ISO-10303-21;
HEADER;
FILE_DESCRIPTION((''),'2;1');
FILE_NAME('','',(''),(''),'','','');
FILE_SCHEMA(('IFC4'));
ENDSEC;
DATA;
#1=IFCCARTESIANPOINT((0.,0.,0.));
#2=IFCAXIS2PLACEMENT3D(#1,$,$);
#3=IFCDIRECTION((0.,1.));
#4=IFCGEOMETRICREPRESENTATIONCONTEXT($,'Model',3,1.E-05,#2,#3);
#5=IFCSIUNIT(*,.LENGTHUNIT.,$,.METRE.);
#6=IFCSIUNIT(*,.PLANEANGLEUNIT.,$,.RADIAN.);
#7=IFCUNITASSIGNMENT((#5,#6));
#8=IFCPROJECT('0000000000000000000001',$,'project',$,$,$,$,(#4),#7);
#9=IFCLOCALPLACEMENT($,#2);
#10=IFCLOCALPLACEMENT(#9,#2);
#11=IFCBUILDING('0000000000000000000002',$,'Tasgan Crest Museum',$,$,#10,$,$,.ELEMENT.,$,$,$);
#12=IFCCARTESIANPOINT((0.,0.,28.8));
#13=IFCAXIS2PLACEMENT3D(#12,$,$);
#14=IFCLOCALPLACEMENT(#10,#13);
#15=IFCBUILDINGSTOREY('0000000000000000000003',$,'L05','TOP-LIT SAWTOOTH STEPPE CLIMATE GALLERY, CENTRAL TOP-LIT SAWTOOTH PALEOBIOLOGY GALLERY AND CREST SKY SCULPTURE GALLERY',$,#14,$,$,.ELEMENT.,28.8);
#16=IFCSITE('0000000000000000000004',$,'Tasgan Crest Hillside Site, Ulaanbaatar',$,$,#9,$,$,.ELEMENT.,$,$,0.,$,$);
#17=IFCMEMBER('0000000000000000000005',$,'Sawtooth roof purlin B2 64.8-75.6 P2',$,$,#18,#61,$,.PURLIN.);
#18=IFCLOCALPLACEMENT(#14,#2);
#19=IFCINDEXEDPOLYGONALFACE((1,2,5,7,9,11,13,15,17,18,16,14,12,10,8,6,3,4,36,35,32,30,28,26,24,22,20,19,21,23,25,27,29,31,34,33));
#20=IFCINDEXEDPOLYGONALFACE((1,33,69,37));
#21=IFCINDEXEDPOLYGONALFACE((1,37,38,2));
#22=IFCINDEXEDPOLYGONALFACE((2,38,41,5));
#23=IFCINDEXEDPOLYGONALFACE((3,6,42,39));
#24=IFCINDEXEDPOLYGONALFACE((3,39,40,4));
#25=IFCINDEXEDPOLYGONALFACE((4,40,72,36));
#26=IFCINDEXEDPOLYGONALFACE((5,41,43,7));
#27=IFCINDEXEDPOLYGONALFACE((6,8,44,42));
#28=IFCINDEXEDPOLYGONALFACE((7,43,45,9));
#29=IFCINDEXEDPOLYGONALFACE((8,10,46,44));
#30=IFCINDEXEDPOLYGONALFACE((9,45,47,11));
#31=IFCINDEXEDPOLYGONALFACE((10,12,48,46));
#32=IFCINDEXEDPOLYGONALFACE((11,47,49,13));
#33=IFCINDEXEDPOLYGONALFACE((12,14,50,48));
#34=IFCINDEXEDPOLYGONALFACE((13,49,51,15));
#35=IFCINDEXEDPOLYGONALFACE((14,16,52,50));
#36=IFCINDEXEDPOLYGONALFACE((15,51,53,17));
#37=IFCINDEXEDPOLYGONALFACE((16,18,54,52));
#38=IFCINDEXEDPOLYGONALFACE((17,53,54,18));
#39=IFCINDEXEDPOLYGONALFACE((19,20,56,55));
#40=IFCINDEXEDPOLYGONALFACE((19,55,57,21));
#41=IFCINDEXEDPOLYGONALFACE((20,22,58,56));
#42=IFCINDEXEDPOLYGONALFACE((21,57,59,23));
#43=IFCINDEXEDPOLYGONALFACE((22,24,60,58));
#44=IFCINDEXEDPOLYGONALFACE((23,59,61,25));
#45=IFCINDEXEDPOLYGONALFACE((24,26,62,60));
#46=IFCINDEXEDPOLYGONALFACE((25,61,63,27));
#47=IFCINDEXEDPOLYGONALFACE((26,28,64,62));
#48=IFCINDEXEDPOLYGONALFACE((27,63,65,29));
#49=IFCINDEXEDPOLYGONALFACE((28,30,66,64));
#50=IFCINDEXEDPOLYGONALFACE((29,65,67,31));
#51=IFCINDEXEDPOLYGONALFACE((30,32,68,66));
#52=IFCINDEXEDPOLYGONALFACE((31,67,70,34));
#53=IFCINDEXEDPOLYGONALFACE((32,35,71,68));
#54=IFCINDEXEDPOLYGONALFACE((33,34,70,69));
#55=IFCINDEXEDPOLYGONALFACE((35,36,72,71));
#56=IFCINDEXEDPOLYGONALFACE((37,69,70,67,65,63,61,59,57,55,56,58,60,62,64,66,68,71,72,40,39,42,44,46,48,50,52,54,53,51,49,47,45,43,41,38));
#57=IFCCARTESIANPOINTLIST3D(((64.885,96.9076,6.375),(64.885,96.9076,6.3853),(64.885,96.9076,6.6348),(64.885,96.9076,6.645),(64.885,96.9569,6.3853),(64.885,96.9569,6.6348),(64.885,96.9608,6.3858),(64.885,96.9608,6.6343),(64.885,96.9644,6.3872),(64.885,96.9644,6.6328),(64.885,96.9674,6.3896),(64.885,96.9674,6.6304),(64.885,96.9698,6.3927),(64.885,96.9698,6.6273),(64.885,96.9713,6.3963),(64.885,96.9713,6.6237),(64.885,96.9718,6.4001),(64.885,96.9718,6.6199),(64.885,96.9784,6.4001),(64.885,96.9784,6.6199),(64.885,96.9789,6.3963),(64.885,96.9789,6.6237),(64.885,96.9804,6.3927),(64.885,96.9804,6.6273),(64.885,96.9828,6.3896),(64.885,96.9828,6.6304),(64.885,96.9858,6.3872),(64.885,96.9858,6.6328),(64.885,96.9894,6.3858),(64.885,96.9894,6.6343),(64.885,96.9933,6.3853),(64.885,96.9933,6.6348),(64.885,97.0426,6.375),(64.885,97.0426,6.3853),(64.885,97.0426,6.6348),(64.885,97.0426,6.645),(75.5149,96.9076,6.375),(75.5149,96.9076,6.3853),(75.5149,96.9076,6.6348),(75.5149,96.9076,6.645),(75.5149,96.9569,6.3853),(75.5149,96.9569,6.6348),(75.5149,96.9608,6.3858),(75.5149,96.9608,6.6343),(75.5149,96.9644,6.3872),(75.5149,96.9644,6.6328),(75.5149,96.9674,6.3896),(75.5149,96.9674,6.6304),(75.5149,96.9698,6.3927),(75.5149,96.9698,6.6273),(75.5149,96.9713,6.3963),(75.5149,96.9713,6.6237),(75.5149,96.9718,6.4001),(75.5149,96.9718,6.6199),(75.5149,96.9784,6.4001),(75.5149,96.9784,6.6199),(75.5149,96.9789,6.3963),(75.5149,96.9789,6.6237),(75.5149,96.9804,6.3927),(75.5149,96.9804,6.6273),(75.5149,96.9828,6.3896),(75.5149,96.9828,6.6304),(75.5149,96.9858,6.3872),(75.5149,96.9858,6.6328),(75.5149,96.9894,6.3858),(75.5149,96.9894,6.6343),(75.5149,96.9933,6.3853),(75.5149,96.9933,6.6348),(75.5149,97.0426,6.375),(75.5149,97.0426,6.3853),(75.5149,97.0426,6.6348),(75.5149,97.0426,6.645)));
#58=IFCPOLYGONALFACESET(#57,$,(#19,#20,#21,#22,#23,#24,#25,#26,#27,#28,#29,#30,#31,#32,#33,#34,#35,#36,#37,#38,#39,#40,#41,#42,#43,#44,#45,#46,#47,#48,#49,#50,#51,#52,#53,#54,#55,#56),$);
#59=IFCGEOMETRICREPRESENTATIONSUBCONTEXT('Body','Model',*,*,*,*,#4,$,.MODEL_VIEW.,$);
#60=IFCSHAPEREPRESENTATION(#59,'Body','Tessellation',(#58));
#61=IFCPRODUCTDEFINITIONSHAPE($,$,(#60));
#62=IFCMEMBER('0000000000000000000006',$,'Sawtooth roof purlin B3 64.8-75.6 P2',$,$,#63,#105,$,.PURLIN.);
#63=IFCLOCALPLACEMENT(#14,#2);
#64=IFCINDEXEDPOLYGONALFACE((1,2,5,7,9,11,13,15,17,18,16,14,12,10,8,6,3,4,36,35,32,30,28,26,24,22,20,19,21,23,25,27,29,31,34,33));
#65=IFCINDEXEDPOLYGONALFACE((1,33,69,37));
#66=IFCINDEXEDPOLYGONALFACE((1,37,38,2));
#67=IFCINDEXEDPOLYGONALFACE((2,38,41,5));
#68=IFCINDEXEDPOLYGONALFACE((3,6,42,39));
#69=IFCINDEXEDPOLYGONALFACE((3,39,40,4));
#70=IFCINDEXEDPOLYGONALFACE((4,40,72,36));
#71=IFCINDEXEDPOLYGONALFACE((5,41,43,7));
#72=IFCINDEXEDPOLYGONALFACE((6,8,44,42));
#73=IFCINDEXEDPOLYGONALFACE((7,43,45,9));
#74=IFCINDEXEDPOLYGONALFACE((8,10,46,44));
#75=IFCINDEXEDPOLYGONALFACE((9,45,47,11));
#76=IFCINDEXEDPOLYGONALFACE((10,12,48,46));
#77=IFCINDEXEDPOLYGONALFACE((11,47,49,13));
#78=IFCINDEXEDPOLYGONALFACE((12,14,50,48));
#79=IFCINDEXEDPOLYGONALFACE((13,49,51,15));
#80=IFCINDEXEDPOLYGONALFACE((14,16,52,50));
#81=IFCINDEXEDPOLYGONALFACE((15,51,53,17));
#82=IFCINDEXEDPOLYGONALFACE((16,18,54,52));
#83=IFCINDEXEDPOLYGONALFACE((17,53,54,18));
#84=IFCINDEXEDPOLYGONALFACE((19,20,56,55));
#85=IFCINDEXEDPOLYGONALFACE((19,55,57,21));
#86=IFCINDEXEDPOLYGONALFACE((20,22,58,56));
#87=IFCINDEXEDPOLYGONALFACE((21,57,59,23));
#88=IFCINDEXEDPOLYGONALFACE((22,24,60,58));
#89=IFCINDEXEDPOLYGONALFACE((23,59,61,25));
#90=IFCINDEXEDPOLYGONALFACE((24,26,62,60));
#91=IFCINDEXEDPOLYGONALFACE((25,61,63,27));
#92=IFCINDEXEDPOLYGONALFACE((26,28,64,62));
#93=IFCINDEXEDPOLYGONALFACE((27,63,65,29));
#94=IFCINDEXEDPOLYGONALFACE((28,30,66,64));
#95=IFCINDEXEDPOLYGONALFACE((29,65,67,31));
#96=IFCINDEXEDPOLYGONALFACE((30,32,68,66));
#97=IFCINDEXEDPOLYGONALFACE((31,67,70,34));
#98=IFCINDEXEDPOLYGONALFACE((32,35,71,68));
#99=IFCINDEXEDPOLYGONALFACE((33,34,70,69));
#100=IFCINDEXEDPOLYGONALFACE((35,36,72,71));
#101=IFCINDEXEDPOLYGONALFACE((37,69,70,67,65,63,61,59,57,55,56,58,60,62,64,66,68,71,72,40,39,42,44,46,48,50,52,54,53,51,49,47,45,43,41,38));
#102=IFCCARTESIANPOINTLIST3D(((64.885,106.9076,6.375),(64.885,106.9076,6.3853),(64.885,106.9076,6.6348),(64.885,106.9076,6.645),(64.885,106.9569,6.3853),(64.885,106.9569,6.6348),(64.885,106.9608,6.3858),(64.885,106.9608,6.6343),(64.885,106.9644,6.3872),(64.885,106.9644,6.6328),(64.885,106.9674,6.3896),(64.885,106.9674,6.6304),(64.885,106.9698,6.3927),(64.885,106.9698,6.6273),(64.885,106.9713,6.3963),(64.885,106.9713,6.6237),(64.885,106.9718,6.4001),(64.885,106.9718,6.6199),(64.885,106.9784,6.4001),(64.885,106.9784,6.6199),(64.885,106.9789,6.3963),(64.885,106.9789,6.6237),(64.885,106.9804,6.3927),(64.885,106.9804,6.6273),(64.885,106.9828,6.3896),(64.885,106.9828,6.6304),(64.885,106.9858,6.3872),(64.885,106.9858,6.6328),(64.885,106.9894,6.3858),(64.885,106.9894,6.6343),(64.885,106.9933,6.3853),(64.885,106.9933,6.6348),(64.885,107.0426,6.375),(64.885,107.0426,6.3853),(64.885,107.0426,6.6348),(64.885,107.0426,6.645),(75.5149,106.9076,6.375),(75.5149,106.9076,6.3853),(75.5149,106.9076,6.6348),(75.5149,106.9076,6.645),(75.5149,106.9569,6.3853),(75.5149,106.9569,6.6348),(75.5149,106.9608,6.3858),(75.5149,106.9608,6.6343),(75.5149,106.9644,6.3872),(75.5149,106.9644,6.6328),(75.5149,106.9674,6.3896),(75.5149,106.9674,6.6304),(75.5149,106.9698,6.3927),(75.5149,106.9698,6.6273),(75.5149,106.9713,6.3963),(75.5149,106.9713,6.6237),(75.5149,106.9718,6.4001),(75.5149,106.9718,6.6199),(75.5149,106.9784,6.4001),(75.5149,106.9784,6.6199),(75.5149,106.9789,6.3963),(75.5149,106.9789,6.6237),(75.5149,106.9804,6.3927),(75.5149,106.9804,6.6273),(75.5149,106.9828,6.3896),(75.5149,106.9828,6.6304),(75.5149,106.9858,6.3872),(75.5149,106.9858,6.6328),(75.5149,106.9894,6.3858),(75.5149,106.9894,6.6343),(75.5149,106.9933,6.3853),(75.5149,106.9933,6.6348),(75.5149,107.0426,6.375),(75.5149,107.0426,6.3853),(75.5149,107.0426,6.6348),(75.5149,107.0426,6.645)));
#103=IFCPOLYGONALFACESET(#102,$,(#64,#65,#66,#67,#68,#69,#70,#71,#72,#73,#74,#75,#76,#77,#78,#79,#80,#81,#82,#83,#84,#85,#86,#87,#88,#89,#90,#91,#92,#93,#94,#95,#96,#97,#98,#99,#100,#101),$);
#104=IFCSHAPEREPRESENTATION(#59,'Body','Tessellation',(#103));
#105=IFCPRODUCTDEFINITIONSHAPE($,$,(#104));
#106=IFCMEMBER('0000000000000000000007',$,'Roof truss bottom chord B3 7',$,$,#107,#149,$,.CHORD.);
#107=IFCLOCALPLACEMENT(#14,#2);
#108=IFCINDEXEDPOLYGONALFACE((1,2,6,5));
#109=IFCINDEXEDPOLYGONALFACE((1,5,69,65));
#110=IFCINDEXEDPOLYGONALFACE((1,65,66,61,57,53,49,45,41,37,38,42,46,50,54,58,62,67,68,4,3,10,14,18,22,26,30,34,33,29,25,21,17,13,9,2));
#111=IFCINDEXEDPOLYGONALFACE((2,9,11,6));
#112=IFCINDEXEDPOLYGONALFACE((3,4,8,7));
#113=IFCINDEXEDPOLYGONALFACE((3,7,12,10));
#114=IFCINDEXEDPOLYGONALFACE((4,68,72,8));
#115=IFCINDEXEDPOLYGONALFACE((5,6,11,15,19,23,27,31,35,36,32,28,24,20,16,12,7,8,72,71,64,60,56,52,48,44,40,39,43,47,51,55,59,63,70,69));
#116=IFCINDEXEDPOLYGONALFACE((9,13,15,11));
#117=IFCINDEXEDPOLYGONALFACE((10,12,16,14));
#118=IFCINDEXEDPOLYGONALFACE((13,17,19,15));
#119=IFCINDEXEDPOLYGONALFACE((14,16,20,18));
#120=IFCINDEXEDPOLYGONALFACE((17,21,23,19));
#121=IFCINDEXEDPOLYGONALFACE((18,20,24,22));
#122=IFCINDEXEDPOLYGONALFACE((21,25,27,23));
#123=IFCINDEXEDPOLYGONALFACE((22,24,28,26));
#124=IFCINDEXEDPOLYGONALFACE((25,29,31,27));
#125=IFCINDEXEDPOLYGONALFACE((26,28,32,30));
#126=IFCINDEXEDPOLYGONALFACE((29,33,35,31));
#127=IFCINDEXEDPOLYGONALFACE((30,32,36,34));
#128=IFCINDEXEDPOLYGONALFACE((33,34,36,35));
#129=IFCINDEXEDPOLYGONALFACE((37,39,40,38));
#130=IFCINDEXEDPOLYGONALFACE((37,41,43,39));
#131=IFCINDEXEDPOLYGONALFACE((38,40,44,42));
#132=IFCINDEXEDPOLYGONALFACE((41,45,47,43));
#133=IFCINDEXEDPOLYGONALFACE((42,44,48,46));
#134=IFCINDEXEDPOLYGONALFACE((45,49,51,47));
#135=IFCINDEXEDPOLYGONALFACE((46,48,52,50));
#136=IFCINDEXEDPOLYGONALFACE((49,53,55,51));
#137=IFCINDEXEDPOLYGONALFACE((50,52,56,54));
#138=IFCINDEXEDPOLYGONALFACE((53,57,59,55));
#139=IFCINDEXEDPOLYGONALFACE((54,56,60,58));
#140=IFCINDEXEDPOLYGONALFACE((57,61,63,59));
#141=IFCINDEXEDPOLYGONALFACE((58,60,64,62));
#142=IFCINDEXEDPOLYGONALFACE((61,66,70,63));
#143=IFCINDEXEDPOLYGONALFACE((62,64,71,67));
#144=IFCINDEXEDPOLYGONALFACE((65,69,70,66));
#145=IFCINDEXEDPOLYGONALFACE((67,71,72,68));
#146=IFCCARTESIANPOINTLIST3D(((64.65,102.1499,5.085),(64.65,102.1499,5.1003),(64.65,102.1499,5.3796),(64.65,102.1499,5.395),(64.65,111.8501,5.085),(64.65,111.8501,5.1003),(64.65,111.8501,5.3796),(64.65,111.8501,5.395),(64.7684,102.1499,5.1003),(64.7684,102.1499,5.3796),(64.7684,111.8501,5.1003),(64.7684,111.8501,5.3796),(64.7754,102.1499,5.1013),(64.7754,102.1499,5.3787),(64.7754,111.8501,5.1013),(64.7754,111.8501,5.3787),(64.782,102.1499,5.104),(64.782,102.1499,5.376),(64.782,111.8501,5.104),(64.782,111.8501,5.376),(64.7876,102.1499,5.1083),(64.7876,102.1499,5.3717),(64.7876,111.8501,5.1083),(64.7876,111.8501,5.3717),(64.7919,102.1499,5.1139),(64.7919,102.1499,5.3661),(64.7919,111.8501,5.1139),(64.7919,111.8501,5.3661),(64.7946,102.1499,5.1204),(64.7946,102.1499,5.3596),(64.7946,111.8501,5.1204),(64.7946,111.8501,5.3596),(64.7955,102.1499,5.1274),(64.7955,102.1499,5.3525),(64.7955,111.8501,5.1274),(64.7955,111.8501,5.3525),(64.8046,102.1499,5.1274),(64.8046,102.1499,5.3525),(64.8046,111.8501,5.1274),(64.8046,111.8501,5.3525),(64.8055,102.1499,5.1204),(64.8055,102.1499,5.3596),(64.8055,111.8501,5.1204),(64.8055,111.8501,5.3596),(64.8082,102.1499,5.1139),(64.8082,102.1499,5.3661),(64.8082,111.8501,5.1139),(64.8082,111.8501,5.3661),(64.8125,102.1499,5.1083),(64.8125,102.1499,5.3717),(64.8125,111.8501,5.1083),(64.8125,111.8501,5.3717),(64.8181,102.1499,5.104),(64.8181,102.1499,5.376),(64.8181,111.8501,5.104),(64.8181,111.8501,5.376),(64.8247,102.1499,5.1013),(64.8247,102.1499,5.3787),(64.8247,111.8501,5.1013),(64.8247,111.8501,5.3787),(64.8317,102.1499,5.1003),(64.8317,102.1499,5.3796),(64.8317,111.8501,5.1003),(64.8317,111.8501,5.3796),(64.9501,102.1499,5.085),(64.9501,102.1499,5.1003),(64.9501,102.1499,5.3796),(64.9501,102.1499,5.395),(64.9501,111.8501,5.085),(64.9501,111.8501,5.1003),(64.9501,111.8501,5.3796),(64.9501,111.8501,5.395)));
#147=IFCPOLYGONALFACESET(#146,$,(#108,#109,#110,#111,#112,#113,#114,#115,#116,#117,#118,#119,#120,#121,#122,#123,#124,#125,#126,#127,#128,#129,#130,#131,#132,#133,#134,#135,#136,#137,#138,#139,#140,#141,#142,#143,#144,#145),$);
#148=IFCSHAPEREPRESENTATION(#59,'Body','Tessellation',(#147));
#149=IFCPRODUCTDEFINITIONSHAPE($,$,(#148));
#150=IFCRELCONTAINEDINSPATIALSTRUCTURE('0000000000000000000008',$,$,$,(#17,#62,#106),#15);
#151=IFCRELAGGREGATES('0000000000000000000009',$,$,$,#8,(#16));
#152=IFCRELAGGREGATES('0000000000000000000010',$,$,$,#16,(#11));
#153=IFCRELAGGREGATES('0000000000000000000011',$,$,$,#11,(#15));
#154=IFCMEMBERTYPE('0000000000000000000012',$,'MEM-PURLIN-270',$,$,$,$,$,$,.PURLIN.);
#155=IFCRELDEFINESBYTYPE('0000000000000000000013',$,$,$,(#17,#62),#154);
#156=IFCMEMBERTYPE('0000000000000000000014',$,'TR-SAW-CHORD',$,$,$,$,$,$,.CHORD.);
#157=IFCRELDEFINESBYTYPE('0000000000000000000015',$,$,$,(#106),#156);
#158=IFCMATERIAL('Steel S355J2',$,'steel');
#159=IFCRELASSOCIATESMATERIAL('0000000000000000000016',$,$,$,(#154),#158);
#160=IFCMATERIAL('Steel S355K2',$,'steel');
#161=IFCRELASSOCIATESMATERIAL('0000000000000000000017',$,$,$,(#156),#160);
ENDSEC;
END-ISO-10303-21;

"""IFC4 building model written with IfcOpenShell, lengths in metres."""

from ifc_helpers import new_model, si_unit, direction, frame, origin, origin_2d, place, context, subcontext, project, spatial, i_section, extrude, material, material_profile, profile_set, type_object, element, save


model = new_model("IFC4")

# Units and contexts
model_context = context("Model", 3, precision=1e-05, world=origin(), true_north=direction((0.0, 1.0)))
body_context = subcontext(model_context, "Body", "Model", "MODEL_VIEW")
ifc_project = project(units=[si_unit("LENGTHUNIT", "METRE"), si_unit("PLANEANGLEUNIT", "RADIAN")], contexts=[model_context])

# Site, building, storey
site_placement = place(None, origin())
site = spatial("IfcSite", under=ifc_project, at=site_placement, Name="Tasgan Crest Hillside Site, Ulaanbaatar", CompositionType="ELEMENT", RefElevation=0.0)
building_placement = place(site_placement, origin())
building = spatial("IfcBuilding", under=site, at=building_placement, Name="Tasgan Crest Museum", CompositionType="ELEMENT")
storey_placement = place(building_placement, frame((0.0, 0.0, 28.8)))
storey = spatial("IfcBuildingStorey", under=building, at=storey_placement, Name="L05", Description="TOP-LIT SAWTOOTH STEPPE CLIMATE GALLERY, CENTRAL TOP-LIT SAWTOOTH PALEOBIOLOGY GALLERY AND CREST SKY SCULPTURE GALLERY", CompositionType="ELEMENT", Elevation=28.8)

# Members
ifc_material_1 = material(Name="Steel S355J2", Category="steel")
ifc_material_profile_1 = material_profile(ifc_material_1, i_section(OverallWidth=0.135, OverallDepth=0.27, WebThickness=0.0066, FlangeThickness=0.0103, FilletRadius=0.0149, at=origin_2d()), Name="IPE 270")
ifc_profile_set_1 = profile_set([ifc_material_profile_1], Name="Steel S355J2")
member_type_1 = type_object("IfcMemberType", Name="MEM-PURLIN-270", PredefinedType="PURLIN", material=ifc_profile_set_1)
for number, where, z_axis, x_axis, name in (
    (1, (64.885, 96.9751, 6.51), (1.0, 0.0, 0.0), (0.0, 1.0, 0.0), "Sawtooth roof purlin B2 64.8-75.6 P2"),
    (2, (64.885, 106.9751, 6.51), (1.0, 0.0, 0.0), (0.0, 1.0, 0.0), "Sawtooth roof purlin B3 64.8-75.6 P2"),
):
    element("IfcMember", number, at=place(storey_placement, frame(where, z_axis=z_axis, x_axis=x_axis)), inside=storey, type_object=member_type_1, Name=name, PredefinedType="PURLIN", context=body_context, shape_type="SweptSolid", body=[
        extrude(i_section(OverallWidth=0.135, OverallDepth=0.27, WebThickness=0.0066, FlangeThickness=0.0103, FilletRadius=0.0149, at=origin_2d()), origin(), (0.0, 0.0, 1.0), 10.6299),
    ])
ifc_material_2 = material(Name="Steel S355K2", Category="steel")
ifc_material_profile_2 = material_profile(ifc_material_2, i_section(OverallWidth=0.3, OverallDepth=0.3101, WebThickness=0.009, FlangeThickness=0.0154, FilletRadius=0.0271, at=origin_2d()), Name="HEA 320")
ifc_profile_set_2 = profile_set([ifc_material_profile_2], Name="Steel S355K2")
member_type_2 = type_object("IfcMemberType", Name="TR-SAW-CHORD", PredefinedType="CHORD", material=ifc_profile_set_2)
member_1_placement = place(storey_placement, frame((64.8, 102.1499, 5.24), z_axis=(0.0, 1.0, 0.0), x_axis=(-1.0, 0.0, 0.0)))
element("IfcMember", 3, at=member_1_placement, inside=storey, type_object=member_type_2, Name="Roof truss bottom chord B3 7", PredefinedType="CHORD", context=body_context, shape_type="SweptSolid", body=[
    extrude(i_section(OverallWidth=0.3, OverallDepth=0.3101, WebThickness=0.009, FlangeThickness=0.0154, FilletRadius=0.0271, at=origin_2d()), origin(), (0.0, 0.0, 1.0), 9.7002),
])

save(model, "model.ifc")
